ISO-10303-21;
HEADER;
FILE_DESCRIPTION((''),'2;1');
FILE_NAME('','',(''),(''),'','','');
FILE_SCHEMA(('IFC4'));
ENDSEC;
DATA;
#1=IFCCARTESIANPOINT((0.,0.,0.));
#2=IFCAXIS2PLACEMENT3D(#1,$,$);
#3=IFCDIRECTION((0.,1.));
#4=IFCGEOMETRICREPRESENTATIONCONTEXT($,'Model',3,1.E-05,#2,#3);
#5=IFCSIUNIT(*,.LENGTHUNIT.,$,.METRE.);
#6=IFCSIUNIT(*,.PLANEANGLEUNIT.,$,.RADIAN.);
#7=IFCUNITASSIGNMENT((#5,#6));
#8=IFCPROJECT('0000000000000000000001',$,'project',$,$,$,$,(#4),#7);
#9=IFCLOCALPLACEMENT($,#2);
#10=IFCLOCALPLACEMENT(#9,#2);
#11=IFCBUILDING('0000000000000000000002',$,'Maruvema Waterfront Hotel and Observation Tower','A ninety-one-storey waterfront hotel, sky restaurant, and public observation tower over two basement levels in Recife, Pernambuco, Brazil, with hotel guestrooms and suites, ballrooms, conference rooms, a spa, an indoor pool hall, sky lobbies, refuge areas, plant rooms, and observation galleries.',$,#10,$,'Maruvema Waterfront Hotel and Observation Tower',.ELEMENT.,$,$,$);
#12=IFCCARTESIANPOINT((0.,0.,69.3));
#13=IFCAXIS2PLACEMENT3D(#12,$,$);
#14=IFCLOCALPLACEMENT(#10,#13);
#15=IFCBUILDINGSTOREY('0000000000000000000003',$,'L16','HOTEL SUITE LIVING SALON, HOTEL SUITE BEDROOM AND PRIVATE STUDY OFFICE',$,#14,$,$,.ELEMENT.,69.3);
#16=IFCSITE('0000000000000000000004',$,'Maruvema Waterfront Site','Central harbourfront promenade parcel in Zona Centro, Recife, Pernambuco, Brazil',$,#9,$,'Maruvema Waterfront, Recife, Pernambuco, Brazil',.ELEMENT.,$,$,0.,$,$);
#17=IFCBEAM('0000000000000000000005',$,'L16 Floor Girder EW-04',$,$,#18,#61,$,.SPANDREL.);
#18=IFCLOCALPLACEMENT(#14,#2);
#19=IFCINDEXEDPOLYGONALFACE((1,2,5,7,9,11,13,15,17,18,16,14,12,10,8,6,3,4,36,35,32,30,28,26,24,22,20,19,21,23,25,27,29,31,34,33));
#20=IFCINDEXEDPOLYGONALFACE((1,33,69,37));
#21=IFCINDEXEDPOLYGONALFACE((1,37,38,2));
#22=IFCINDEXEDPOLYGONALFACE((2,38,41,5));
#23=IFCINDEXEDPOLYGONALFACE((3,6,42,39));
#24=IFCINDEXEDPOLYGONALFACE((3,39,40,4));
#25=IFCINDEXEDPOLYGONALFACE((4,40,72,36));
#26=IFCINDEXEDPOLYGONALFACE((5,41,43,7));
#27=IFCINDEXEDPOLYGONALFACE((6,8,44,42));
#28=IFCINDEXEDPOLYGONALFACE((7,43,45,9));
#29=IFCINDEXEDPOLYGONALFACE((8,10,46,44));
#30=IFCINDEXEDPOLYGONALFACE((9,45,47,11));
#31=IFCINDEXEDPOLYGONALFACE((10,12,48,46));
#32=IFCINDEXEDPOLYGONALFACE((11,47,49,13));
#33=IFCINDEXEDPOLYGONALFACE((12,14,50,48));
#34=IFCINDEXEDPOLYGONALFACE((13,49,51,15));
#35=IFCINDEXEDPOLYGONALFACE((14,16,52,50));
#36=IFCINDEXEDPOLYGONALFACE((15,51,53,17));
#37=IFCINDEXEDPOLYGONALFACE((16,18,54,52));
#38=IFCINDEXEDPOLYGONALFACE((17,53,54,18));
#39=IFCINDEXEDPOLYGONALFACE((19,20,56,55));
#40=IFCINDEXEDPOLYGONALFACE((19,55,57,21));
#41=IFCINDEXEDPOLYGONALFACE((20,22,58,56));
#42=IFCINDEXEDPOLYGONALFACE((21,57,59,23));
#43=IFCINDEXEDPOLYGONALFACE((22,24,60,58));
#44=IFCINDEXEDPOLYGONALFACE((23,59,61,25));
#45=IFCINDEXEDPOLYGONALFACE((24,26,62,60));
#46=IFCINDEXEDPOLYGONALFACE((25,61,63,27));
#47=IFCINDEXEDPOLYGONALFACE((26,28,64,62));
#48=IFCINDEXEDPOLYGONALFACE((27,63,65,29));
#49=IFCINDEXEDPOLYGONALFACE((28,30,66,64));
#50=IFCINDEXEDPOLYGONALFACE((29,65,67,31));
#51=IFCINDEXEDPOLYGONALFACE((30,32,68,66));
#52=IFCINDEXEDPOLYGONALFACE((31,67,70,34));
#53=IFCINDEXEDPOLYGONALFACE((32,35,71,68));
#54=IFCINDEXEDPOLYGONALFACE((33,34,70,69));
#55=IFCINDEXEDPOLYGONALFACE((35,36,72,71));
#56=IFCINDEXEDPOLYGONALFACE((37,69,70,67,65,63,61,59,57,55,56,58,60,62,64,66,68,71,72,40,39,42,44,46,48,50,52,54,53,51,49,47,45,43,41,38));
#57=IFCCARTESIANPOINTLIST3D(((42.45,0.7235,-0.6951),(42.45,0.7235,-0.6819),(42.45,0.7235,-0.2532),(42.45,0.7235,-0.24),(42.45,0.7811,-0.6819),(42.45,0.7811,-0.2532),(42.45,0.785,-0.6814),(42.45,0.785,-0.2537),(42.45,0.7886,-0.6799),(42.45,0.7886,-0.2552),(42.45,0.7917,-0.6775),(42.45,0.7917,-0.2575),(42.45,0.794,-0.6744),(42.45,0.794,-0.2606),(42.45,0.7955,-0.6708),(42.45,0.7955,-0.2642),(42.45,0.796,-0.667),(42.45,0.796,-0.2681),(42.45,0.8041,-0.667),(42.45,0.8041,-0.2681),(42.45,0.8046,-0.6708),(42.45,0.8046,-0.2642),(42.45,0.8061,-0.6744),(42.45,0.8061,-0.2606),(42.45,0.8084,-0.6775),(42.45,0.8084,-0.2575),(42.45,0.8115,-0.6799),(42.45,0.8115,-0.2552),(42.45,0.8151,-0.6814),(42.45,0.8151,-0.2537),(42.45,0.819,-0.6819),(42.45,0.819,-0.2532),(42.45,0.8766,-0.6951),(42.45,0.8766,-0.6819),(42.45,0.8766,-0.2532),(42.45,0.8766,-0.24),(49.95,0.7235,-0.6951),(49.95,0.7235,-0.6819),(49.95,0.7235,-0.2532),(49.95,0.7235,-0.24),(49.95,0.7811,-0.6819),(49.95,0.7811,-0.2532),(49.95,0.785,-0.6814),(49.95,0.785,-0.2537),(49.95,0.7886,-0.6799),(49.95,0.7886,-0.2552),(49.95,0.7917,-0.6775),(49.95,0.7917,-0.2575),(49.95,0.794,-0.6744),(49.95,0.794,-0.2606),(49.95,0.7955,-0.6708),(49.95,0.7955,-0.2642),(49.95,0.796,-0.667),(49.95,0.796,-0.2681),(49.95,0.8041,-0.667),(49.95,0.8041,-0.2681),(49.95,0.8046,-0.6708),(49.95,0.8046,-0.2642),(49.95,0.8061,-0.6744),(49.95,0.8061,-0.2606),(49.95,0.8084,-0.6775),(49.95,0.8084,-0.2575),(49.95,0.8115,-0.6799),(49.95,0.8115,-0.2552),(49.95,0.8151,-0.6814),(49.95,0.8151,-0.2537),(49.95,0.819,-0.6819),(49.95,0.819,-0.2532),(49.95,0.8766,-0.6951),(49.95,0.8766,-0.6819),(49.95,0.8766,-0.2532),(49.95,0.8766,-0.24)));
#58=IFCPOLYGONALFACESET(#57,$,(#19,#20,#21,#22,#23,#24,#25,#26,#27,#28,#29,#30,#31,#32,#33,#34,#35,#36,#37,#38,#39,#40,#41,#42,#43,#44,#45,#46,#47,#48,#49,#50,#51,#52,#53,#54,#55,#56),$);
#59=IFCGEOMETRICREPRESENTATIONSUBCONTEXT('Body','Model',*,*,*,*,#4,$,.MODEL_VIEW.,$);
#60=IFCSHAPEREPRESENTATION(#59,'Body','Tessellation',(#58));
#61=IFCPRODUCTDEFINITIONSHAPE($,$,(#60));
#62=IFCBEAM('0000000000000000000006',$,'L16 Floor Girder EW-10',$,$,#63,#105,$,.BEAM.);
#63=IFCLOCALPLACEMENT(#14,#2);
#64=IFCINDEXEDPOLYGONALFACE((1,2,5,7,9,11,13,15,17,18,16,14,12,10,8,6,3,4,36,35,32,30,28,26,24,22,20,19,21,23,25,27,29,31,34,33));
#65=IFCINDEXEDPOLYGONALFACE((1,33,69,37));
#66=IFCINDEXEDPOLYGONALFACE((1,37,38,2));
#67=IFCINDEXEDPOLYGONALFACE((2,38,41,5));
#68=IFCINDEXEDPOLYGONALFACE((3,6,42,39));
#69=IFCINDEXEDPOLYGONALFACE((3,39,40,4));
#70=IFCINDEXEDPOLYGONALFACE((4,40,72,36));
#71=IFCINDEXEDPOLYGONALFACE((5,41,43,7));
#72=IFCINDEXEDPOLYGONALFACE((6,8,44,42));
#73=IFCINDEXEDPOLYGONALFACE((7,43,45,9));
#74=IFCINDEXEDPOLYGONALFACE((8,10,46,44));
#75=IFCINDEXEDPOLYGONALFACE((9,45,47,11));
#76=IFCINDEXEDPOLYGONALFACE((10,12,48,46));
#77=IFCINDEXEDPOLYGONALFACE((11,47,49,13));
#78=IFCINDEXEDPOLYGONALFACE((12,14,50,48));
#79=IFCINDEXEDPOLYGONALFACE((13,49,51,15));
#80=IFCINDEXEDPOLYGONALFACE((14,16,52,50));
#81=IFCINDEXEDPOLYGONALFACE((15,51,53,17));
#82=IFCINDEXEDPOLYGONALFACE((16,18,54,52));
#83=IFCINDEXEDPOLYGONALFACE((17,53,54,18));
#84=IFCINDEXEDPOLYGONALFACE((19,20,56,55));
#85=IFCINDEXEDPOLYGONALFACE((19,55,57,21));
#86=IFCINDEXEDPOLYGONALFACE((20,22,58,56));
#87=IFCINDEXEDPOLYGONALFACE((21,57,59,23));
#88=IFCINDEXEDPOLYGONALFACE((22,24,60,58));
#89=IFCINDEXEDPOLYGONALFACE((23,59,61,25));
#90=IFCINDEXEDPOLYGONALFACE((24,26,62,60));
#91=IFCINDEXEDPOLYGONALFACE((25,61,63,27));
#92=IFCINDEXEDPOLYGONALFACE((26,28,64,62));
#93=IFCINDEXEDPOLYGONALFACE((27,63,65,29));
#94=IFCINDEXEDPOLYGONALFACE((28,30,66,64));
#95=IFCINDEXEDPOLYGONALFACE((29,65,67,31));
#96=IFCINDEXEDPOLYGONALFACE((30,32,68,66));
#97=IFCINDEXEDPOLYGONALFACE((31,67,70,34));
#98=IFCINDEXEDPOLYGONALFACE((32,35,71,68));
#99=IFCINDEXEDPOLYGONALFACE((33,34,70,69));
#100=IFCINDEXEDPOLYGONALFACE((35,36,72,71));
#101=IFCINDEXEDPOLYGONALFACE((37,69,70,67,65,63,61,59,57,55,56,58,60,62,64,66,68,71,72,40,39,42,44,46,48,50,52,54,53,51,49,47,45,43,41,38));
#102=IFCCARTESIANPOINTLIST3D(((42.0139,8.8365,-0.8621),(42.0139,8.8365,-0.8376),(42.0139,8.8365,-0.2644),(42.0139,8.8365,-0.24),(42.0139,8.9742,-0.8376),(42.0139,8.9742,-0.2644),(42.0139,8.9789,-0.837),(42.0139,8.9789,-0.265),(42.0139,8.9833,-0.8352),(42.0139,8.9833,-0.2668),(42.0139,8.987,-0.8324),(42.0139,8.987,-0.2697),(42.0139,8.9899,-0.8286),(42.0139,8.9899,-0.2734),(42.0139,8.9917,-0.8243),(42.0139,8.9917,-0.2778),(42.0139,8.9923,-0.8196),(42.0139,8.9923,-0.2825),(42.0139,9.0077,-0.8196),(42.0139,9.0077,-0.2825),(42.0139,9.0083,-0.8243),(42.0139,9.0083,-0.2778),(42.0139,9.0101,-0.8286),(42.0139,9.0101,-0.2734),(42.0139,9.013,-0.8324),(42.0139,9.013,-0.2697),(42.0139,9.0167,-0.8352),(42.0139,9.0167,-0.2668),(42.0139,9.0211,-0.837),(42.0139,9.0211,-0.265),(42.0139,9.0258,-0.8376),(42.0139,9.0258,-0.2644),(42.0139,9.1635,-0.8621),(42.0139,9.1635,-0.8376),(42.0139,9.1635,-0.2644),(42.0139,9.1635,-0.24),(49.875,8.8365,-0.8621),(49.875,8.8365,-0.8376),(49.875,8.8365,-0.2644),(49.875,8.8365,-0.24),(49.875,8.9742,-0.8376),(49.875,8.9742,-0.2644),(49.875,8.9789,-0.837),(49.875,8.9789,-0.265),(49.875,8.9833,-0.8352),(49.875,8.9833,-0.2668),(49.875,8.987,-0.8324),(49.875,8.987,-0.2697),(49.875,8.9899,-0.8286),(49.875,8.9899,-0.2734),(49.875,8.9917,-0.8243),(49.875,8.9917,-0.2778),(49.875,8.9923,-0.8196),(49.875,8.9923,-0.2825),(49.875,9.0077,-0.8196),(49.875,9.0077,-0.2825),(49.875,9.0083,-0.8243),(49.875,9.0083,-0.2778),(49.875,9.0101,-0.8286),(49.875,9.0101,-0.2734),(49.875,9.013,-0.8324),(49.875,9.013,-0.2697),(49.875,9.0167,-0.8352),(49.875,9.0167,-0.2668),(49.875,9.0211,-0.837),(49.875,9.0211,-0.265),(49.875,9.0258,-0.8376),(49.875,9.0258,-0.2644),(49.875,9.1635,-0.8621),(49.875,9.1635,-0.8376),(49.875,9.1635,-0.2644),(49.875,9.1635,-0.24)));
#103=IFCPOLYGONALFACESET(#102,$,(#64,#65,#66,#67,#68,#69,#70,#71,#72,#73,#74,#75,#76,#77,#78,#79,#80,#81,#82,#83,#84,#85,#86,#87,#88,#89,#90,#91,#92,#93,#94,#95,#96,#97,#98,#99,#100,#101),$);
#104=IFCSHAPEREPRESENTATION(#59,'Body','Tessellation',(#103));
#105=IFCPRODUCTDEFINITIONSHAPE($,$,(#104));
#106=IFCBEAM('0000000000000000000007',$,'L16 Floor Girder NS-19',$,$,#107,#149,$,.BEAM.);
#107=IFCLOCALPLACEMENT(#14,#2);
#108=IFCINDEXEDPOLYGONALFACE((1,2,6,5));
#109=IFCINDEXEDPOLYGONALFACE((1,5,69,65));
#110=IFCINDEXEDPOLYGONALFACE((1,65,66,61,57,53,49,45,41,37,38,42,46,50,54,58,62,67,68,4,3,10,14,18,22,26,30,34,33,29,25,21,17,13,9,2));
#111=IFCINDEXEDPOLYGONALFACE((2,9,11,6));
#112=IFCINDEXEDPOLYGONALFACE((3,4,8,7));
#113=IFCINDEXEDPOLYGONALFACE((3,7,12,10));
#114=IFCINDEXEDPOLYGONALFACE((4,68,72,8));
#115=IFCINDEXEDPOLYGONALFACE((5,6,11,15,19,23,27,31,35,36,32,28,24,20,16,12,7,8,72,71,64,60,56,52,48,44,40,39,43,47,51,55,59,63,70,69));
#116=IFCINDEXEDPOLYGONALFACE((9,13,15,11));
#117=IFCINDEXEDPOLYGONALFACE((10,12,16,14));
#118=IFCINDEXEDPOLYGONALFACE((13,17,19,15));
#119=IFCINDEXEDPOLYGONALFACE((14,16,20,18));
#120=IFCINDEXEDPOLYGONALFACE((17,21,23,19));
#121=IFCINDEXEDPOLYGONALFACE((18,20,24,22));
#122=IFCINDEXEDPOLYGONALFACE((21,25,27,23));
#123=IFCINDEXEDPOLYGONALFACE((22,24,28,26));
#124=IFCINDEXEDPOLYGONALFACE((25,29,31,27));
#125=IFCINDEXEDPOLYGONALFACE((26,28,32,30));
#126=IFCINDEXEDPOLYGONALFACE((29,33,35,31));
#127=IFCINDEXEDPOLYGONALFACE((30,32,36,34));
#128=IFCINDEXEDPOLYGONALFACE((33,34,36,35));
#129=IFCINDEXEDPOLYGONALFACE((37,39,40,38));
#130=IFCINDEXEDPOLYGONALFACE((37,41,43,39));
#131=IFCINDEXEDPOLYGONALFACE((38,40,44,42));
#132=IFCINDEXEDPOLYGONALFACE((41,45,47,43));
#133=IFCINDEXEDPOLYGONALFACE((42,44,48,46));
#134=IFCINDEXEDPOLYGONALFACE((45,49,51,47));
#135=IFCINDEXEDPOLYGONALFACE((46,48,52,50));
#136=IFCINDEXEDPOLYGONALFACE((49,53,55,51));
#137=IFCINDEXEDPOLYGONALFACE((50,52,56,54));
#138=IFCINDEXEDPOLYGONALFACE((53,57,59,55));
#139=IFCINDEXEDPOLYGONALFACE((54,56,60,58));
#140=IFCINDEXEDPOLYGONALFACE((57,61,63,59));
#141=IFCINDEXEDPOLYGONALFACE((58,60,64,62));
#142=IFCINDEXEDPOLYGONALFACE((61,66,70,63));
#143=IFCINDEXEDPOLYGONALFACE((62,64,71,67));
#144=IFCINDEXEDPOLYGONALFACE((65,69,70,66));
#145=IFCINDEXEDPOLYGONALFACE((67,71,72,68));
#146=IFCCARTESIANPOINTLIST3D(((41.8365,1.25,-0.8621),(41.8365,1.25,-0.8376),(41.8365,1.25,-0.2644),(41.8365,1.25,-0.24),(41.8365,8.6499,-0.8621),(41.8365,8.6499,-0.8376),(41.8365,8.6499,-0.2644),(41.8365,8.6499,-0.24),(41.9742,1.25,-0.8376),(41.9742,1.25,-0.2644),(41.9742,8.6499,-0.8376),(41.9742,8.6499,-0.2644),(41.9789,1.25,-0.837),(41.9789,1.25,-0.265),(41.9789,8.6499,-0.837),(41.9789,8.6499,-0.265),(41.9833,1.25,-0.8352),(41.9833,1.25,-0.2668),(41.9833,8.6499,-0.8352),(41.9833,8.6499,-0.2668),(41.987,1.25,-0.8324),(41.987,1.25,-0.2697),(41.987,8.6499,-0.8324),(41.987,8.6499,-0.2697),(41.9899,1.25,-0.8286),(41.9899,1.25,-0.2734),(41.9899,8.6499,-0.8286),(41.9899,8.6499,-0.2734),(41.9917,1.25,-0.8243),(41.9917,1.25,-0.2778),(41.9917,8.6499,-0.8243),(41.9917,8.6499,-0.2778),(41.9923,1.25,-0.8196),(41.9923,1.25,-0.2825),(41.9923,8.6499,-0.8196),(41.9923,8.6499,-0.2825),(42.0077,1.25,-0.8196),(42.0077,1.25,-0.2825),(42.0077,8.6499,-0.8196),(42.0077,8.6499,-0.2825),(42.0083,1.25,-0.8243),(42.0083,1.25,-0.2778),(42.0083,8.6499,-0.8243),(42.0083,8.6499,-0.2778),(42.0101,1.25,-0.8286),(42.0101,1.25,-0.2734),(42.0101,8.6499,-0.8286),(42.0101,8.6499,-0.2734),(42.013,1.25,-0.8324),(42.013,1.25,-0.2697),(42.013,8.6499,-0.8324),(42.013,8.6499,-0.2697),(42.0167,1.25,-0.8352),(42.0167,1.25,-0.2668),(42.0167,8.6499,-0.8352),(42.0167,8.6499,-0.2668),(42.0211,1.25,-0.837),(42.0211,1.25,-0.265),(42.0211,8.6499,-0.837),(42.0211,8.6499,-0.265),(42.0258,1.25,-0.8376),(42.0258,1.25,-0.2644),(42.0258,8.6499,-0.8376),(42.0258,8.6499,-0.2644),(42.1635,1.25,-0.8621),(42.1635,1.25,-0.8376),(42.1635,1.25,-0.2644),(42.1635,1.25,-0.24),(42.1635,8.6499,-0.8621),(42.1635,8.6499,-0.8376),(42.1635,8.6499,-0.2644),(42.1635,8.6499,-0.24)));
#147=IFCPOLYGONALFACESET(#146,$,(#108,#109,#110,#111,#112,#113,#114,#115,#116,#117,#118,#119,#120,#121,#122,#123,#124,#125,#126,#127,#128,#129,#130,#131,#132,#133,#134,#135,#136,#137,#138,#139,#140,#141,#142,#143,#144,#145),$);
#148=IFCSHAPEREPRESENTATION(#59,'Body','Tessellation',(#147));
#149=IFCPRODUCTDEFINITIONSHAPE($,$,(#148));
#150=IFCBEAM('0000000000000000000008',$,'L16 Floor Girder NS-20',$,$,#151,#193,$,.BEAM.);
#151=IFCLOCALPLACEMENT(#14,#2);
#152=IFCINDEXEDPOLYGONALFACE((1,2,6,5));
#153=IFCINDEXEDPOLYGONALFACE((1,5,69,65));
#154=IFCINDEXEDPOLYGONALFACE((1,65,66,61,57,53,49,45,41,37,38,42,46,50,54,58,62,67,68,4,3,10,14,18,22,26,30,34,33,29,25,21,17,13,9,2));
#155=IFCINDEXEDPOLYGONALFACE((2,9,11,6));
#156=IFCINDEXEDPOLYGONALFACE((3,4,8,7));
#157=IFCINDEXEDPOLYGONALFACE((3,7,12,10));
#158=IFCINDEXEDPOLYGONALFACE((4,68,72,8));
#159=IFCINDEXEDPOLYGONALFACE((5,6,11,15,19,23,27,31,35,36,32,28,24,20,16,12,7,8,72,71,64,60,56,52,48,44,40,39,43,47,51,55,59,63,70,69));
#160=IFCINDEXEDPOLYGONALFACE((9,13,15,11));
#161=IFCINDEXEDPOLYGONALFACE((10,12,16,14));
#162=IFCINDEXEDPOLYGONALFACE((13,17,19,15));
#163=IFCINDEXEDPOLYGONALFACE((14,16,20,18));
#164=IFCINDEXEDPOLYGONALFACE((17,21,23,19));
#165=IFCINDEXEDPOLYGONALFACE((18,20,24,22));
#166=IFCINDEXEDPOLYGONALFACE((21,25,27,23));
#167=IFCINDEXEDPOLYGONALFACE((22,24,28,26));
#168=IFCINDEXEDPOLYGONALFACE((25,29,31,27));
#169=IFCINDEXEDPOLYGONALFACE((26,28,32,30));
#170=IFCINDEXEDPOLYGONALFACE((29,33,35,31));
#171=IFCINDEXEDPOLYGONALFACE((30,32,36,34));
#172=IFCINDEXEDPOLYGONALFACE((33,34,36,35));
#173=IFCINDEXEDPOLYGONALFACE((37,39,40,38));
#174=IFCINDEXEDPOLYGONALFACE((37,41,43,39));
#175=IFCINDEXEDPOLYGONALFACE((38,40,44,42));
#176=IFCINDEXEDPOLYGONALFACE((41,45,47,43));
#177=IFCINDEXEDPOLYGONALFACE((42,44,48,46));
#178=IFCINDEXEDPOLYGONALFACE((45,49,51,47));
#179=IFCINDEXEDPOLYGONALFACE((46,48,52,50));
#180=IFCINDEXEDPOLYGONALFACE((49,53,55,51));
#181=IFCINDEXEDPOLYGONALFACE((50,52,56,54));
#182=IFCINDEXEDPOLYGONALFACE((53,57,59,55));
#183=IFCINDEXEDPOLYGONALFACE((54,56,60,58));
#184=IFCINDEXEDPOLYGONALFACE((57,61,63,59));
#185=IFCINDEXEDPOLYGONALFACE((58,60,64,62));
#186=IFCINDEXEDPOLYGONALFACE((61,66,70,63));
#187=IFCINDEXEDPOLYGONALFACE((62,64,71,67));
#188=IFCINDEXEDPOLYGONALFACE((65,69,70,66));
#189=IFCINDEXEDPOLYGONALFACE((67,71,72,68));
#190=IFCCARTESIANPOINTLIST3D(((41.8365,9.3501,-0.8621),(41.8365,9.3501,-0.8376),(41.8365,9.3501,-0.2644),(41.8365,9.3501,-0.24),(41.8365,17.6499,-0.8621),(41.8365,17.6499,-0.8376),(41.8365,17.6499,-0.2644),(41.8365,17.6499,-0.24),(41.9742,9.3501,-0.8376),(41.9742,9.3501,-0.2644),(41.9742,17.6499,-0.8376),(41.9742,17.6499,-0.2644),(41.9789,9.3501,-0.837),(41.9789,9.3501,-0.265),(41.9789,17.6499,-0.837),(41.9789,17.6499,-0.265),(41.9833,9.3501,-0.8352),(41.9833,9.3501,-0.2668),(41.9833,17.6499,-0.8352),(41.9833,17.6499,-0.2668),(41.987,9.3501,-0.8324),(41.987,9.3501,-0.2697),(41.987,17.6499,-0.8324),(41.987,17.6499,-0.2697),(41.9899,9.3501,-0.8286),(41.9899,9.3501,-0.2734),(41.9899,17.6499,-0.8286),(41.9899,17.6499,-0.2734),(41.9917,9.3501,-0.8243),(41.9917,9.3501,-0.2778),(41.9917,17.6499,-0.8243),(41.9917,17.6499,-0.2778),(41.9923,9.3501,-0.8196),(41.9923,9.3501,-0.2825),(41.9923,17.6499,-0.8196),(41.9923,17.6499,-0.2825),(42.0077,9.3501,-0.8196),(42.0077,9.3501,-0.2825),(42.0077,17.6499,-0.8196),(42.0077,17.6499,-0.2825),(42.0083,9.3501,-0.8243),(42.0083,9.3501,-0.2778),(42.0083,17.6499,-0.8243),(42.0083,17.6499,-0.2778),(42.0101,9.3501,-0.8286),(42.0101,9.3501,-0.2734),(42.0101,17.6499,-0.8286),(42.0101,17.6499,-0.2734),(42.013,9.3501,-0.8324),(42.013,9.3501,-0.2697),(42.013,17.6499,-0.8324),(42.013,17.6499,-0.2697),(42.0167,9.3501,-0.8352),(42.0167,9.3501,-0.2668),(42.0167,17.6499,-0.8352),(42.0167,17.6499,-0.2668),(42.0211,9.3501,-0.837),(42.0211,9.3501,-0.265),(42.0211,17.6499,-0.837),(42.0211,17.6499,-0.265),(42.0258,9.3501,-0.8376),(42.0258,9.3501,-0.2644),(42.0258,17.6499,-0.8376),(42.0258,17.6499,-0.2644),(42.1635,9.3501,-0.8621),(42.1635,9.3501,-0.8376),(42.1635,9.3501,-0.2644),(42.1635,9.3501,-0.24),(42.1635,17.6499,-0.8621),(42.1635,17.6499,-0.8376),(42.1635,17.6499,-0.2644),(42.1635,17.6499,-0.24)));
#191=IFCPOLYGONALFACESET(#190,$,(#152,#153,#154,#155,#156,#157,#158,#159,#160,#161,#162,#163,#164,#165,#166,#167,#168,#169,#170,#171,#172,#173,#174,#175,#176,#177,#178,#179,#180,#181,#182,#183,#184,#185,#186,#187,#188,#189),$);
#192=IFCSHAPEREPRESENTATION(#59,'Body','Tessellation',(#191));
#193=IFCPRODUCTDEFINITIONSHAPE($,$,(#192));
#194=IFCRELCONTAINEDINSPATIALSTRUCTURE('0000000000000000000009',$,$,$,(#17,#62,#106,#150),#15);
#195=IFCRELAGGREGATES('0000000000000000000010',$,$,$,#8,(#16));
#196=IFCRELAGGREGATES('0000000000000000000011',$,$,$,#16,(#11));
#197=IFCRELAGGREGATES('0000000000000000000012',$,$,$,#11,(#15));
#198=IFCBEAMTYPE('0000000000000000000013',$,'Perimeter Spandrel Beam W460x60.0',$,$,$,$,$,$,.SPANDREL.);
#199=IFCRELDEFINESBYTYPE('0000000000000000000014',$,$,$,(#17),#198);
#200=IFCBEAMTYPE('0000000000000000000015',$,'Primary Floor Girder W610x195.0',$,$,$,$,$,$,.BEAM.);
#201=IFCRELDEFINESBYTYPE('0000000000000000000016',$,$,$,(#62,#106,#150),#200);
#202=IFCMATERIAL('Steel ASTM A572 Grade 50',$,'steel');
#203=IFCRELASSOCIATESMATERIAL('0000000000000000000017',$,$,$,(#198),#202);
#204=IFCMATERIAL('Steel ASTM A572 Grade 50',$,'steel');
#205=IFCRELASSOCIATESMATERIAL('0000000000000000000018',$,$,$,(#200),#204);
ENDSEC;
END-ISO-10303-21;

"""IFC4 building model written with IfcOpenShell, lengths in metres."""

from ifc_helpers import new_model, si_unit, direction, frame, origin, origin_2d, place, context, subcontext, project, spatial, i_section, extrude, material, material_profile, profile_set, type_object, element, save


model = new_model("IFC4")

# Units and contexts
model_context = context("Model", 3, precision=1e-05, world=origin(), true_north=direction((0.0, 1.0)))
body_context = subcontext(model_context, "Body", "Model", "MODEL_VIEW")
ifc_project = project(units=[si_unit("LENGTHUNIT", "METRE"), si_unit("PLANEANGLEUNIT", "RADIAN")], contexts=[model_context])

# Site, building, storey
site_placement = place(None, origin())
site = spatial("IfcSite", under=ifc_project, at=site_placement, Name="Maruvema Waterfront Site", Description="Central harbourfront promenade parcel in Zona Centro, Recife, Pernambuco, Brazil", LongName="Maruvema Waterfront, Recife, Pernambuco, Brazil", CompositionType="ELEMENT", RefElevation=0.0)
building_placement = place(site_placement, origin())
building = spatial("IfcBuilding", under=site, at=building_placement, Name="Maruvema Waterfront Hotel and Observation Tower", Description="A ninety-one-storey waterfront hotel, sky restaurant, and public observation tower over two basement levels in Recife, Pernambuco, Brazil, with hotel guestrooms and suites, ballrooms, conference rooms, a spa, an indoor pool hall, sky lobbies, refuge areas, plant rooms, and observation galleries.", LongName="Maruvema Waterfront Hotel and Observation Tower", CompositionType="ELEMENT")
storey_placement = place(building_placement, frame((0.0, 0.0, 69.3)))
storey = spatial("IfcBuildingStorey", under=building, at=storey_placement, Name="L16", Description="HOTEL SUITE LIVING SALON, HOTEL SUITE BEDROOM AND PRIVATE STUDY OFFICE", CompositionType="ELEMENT", Elevation=69.3)

# Beams
ifc_material_1 = material(Name="Steel ASTM A572 Grade 50", Category="steel")
ifc_material_profile_1 = material_profile(ifc_material_1, i_section(OverallWidth=0.1531, OverallDepth=0.4551, WebThickness=0.0081, FlangeThickness=0.0132, FilletRadius=0.0149, at=origin_2d()), Name="W460x60.0")
ifc_profile_set_1 = profile_set([ifc_material_profile_1], Name="Steel ASTM A572 Grade 50")
beam_type_1 = type_object("IfcBeamType", Name="Perimeter Spandrel Beam W460x60.0", PredefinedType="SPANDREL", material=ifc_profile_set_1)
beam_1_placement = place(storey_placement, frame((42.45, 0.8, -0.4675), z_axis=(1.0, 0.0, 0.0), x_axis=(0.0, 1.0, 0.0)))
element("IfcBeam", 1, at=beam_1_placement, inside=storey, type_object=beam_type_1, Name="L16 Floor Girder EW-04", PredefinedType="SPANDREL", context=body_context, shape_type="SweptSolid", body=[
    extrude(i_section(OverallWidth=0.1531, OverallDepth=0.4551, WebThickness=0.0081, FlangeThickness=0.0132, FilletRadius=0.0149, at=origin_2d()), origin(), (0.0, 0.0, 1.0), 7.5),
])
ifc_material_2 = material(Name="Steel ASTM A572 Grade 50", Category="steel")
ifc_material_profile_2 = material_profile(ifc_material_2, i_section(OverallWidth=0.3269, OverallDepth=0.6221, WebThickness=0.0154, FlangeThickness=0.0244, FilletRadius=0.0181, at=origin_2d()), Name="W610x195.0")
ifc_profile_set_2 = profile_set([ifc_material_profile_2], Name="Steel ASTM A572 Grade 50")
beam_type_2 = type_object("IfcBeamType", Name="Primary Floor Girder W610x195.0", PredefinedType="BEAM", material=ifc_profile_set_2)
beam_2_placement = place(storey_placement, frame((42.0139, 9.0, -0.551), z_axis=(1.0, 0.0, 0.0), x_axis=(0.0, 1.0, 0.0)))
element("IfcBeam", 2, at=beam_2_placement, inside=storey, type_object=beam_type_2, Name="L16 Floor Girder EW-10", PredefinedType="BEAM", context=body_context, shape_type="SweptSolid", body=[
    extrude(i_section(OverallWidth=0.3269, OverallDepth=0.6221, WebThickness=0.0154, FlangeThickness=0.0244, FilletRadius=0.0181, at=origin_2d()), origin(), (0.0, 0.0, 1.0), 7.8611),
])
beam_3_placement = place(storey_placement, frame((42.0, 1.25, -0.551), z_axis=(0.0, 1.0, 0.0), x_axis=(-1.0, 0.0, 0.0)))
element("IfcBeam", 3, at=beam_3_placement, inside=storey, type_object=beam_type_2, Name="L16 Floor Girder NS-19", PredefinedType="BEAM", context=body_context, shape_type="SweptSolid", body=[
    extrude(i_section(OverallWidth=0.3269, OverallDepth=0.6221, WebThickness=0.0154, FlangeThickness=0.0244, FilletRadius=0.0181, at=origin_2d()), origin(), (0.0, 0.0, 1.0), 7.3999),
])
beam_4_placement = place(storey_placement, frame((42.0, 9.3501, -0.551), z_axis=(0.0, 1.0, 0.0), x_axis=(-1.0, 0.0, 0.0)))
element("IfcBeam", 4, at=beam_4_placement, inside=storey, type_object=beam_type_2, Name="L16 Floor Girder NS-20", PredefinedType="BEAM", context=body_context, shape_type="SweptSolid", body=[
    extrude(i_section(OverallWidth=0.3269, OverallDepth=0.6221, WebThickness=0.0154, FlangeThickness=0.0244, FilletRadius=0.0181, at=origin_2d()), origin(), (0.0, 0.0, 1.0), 8.2998),
])

save(model, "model.ifc")
